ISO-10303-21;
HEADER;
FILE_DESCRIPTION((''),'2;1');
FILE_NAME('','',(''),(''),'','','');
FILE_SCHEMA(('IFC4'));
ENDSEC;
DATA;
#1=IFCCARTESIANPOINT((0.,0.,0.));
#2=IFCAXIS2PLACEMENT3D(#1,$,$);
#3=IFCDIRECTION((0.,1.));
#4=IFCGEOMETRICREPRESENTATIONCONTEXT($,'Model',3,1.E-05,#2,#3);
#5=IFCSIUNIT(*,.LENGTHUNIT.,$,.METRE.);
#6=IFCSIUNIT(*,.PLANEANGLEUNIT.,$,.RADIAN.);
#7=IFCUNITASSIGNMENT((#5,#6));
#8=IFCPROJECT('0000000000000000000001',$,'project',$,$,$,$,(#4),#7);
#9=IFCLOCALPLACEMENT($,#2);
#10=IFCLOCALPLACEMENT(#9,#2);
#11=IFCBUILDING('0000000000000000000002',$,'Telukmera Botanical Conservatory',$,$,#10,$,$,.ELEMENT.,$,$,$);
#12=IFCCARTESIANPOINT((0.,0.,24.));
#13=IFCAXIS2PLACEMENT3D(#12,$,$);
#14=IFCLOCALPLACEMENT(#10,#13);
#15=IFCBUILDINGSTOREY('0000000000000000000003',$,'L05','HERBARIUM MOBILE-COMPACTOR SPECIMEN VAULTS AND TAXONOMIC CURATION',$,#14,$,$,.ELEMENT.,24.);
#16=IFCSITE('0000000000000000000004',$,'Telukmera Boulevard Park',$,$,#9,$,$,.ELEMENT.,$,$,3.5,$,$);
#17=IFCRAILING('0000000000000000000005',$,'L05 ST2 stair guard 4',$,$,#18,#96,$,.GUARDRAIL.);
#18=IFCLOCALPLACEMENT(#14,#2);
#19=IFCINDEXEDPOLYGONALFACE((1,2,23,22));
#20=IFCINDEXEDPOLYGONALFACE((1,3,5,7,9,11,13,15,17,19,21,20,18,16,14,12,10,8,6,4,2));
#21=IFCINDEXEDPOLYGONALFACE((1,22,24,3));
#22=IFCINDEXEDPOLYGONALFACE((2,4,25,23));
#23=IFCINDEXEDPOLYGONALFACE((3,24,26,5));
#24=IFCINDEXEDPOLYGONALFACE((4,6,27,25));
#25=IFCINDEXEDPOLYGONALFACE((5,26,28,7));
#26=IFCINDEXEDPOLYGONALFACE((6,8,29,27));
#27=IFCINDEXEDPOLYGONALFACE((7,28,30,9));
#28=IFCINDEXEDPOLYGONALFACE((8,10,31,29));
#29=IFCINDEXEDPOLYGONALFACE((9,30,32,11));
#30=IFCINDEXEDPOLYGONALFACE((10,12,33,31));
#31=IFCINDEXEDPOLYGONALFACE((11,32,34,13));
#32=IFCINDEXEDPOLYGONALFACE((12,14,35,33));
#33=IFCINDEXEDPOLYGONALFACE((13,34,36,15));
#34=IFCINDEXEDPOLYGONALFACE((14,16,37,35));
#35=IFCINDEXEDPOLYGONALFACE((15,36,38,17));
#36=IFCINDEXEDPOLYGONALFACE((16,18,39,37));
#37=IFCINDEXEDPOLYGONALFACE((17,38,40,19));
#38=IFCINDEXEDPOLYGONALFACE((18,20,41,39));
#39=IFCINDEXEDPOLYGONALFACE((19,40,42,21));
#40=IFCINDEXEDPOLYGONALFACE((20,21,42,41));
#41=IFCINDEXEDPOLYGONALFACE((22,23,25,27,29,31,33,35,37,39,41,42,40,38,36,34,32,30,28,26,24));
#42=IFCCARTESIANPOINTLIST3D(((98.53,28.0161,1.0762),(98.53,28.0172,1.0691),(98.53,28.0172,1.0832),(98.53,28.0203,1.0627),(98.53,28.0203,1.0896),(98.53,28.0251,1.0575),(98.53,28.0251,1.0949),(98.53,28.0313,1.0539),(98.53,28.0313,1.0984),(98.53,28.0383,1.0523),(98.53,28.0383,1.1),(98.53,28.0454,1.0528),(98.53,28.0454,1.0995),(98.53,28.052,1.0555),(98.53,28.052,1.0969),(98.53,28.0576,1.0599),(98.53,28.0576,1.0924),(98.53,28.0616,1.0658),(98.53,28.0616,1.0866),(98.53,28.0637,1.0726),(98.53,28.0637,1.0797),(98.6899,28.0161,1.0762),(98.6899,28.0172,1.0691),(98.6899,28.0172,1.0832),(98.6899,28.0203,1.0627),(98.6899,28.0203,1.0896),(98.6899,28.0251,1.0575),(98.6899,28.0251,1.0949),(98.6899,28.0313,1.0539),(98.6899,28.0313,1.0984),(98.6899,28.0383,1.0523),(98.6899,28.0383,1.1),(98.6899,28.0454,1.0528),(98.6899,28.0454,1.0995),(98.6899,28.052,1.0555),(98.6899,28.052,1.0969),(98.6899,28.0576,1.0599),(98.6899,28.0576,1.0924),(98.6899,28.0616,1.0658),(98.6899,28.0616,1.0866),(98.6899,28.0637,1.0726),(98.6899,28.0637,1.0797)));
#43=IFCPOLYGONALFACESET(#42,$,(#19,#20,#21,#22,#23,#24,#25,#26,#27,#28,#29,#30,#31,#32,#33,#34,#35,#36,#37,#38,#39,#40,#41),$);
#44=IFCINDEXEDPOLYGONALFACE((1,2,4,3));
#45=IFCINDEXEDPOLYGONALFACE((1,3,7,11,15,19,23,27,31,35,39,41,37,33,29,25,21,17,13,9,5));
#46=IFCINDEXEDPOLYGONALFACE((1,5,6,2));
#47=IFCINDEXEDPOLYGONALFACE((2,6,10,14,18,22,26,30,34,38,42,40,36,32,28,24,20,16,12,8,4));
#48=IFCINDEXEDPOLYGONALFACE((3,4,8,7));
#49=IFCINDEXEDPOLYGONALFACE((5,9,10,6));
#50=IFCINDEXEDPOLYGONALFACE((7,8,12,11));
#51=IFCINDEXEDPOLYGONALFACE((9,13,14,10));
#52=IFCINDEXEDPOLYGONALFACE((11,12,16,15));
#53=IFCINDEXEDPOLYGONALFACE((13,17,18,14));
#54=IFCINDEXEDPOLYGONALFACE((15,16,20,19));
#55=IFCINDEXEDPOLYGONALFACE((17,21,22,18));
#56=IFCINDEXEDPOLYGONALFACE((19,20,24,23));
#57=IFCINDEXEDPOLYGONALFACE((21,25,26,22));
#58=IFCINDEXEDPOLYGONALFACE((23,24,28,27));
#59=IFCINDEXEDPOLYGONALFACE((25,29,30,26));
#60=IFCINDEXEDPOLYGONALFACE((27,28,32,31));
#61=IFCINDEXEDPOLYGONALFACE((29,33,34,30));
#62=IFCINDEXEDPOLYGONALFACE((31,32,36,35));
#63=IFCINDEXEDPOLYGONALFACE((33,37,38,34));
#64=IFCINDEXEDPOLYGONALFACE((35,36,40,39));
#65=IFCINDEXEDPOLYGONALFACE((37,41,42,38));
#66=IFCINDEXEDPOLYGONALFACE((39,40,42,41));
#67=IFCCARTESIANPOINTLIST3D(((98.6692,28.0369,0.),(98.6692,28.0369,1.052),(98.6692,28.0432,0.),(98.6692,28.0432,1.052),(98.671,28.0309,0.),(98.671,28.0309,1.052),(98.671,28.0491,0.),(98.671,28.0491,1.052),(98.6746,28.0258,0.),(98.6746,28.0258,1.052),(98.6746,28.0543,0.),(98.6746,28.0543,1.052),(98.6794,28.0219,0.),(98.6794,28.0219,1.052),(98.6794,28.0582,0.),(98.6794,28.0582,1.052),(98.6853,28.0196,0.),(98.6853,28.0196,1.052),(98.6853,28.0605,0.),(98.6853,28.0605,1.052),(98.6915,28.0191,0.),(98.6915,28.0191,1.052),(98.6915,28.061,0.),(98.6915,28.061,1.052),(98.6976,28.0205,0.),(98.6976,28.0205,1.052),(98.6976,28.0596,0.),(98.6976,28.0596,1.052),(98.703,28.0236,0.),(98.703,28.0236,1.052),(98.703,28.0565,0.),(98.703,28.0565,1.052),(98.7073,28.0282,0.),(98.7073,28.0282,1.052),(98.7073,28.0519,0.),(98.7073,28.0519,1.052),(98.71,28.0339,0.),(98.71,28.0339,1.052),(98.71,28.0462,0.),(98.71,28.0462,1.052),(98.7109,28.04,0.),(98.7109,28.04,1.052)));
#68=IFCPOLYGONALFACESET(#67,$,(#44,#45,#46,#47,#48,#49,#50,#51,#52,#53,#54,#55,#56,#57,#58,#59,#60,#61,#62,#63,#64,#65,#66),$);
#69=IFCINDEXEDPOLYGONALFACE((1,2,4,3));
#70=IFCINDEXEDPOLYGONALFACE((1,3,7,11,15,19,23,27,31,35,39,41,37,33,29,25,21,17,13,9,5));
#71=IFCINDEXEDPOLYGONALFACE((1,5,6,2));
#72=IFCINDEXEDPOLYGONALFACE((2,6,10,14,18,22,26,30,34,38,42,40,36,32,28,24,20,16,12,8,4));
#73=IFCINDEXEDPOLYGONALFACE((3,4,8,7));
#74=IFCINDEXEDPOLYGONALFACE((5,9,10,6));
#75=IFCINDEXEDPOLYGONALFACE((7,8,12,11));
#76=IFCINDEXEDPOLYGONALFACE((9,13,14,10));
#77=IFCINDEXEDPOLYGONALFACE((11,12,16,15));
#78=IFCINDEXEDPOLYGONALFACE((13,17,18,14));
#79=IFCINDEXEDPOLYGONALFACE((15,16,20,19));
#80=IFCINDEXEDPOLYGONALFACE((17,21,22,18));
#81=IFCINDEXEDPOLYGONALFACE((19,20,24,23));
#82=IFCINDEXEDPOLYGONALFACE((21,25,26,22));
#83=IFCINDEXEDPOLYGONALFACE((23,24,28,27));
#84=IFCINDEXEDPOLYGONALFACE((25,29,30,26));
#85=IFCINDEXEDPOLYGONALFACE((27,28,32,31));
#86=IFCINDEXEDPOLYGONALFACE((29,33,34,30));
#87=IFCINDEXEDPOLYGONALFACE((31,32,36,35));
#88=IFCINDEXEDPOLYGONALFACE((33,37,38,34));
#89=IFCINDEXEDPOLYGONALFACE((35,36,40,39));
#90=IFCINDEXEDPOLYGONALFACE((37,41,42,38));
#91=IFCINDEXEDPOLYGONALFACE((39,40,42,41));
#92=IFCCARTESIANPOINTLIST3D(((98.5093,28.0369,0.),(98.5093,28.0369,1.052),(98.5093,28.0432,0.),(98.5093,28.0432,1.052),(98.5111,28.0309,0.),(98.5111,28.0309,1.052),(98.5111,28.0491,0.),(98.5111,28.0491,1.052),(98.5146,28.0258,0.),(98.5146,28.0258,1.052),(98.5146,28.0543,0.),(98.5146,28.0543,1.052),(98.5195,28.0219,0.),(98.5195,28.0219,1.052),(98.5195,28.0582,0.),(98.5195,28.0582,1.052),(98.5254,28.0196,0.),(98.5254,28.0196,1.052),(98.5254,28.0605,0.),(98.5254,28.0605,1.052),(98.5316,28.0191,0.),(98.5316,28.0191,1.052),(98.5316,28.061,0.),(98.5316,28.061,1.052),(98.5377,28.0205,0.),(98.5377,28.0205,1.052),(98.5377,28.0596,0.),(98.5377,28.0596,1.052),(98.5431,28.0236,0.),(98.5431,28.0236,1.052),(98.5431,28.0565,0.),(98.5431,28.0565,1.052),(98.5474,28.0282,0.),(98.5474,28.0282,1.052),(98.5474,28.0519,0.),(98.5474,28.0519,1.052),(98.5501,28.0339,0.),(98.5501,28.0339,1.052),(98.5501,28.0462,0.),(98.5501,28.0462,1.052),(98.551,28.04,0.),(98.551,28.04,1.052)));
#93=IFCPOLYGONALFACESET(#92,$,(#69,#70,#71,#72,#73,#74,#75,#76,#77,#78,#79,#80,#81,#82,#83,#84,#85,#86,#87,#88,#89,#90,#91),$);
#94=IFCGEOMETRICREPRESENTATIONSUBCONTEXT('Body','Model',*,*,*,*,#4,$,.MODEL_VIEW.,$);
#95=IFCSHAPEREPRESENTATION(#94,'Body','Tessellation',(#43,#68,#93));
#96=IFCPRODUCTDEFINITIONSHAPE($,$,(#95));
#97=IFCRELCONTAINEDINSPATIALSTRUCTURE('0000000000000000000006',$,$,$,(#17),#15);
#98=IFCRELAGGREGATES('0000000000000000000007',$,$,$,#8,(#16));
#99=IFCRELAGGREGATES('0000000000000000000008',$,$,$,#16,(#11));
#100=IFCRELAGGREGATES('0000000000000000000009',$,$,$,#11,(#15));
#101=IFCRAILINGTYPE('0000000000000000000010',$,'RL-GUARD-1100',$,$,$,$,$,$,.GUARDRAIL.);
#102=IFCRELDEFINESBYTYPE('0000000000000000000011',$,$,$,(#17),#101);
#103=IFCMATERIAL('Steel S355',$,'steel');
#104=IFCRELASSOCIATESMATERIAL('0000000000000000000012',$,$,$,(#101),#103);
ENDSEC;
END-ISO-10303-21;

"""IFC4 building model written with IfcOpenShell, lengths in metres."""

from ifc_helpers import new_model, si_unit, direction, frame, origin, origin_2d, place, context, subcontext, project, spatial, circle, extrude, material, type_object, element, save


model = new_model("IFC4")

# Units and contexts
model_context = context("Model", 3, precision=1e-05, world=origin(), true_north=direction((0.0, 1.0)))
body_context = subcontext(model_context, "Body", "Model", "MODEL_VIEW")
ifc_project = project(units=[si_unit("LENGTHUNIT", "METRE"), si_unit("PLANEANGLEUNIT", "RADIAN")], contexts=[model_context])

# Site, building, storey
site_placement = place(None, origin())
site = spatial("IfcSite", under=ifc_project, at=site_placement, Name="Telukmera Boulevard Park", CompositionType="ELEMENT", RefElevation=3.5)
building_placement = place(site_placement, origin())
building = spatial("IfcBuilding", under=site, at=building_placement, Name="Telukmera Botanical Conservatory", CompositionType="ELEMENT")
storey_placement = place(building_placement, frame((0.0, 0.0, 24.0)))
storey = spatial("IfcBuildingStorey", under=building, at=storey_placement, Name="L05", Description="HERBARIUM MOBILE-COMPACTOR SPECIMEN VAULTS AND TAXONOMIC CURATION", CompositionType="ELEMENT", Elevation=24.0)

# Railing
ifc_material_1 = material(Name="Steel S355", Category="steel")
railing_type_1 = type_object("IfcRailingType", Name="RL-GUARD-1100", PredefinedType="GUARDRAIL", material=ifc_material_1)
railing_1_placement = place(storey_placement, frame((98.6899, 28.04, 0.0)))
element("IfcRailing", 1, at=railing_1_placement, inside=storey, type_object=railing_type_1, Name="L05 ST2 stair guard 4", PredefinedType="GUARDRAIL", context=body_context, shape_type="SweptSolid", body=[
    extrude(circle(Radius=0.0239, at=origin_2d()), frame((0.0, 0.0, 1.0762), z_axis=(-1.0, 0.0, 0.0), x_axis=(0.0, -1.0, 0.0)), (0.0, 0.0, 1.0), 0.1599),
    extrude(circle(Radius=0.021, at=origin_2d()), origin(), (0.0, 0.0, 1.0), 1.052),
    extrude(circle(Radius=0.021, at=origin_2d()), frame((-0.1599, 0.0, 0.0)), (0.0, 0.0, 1.0), 1.052),
])

save(model, "model.ifc")
